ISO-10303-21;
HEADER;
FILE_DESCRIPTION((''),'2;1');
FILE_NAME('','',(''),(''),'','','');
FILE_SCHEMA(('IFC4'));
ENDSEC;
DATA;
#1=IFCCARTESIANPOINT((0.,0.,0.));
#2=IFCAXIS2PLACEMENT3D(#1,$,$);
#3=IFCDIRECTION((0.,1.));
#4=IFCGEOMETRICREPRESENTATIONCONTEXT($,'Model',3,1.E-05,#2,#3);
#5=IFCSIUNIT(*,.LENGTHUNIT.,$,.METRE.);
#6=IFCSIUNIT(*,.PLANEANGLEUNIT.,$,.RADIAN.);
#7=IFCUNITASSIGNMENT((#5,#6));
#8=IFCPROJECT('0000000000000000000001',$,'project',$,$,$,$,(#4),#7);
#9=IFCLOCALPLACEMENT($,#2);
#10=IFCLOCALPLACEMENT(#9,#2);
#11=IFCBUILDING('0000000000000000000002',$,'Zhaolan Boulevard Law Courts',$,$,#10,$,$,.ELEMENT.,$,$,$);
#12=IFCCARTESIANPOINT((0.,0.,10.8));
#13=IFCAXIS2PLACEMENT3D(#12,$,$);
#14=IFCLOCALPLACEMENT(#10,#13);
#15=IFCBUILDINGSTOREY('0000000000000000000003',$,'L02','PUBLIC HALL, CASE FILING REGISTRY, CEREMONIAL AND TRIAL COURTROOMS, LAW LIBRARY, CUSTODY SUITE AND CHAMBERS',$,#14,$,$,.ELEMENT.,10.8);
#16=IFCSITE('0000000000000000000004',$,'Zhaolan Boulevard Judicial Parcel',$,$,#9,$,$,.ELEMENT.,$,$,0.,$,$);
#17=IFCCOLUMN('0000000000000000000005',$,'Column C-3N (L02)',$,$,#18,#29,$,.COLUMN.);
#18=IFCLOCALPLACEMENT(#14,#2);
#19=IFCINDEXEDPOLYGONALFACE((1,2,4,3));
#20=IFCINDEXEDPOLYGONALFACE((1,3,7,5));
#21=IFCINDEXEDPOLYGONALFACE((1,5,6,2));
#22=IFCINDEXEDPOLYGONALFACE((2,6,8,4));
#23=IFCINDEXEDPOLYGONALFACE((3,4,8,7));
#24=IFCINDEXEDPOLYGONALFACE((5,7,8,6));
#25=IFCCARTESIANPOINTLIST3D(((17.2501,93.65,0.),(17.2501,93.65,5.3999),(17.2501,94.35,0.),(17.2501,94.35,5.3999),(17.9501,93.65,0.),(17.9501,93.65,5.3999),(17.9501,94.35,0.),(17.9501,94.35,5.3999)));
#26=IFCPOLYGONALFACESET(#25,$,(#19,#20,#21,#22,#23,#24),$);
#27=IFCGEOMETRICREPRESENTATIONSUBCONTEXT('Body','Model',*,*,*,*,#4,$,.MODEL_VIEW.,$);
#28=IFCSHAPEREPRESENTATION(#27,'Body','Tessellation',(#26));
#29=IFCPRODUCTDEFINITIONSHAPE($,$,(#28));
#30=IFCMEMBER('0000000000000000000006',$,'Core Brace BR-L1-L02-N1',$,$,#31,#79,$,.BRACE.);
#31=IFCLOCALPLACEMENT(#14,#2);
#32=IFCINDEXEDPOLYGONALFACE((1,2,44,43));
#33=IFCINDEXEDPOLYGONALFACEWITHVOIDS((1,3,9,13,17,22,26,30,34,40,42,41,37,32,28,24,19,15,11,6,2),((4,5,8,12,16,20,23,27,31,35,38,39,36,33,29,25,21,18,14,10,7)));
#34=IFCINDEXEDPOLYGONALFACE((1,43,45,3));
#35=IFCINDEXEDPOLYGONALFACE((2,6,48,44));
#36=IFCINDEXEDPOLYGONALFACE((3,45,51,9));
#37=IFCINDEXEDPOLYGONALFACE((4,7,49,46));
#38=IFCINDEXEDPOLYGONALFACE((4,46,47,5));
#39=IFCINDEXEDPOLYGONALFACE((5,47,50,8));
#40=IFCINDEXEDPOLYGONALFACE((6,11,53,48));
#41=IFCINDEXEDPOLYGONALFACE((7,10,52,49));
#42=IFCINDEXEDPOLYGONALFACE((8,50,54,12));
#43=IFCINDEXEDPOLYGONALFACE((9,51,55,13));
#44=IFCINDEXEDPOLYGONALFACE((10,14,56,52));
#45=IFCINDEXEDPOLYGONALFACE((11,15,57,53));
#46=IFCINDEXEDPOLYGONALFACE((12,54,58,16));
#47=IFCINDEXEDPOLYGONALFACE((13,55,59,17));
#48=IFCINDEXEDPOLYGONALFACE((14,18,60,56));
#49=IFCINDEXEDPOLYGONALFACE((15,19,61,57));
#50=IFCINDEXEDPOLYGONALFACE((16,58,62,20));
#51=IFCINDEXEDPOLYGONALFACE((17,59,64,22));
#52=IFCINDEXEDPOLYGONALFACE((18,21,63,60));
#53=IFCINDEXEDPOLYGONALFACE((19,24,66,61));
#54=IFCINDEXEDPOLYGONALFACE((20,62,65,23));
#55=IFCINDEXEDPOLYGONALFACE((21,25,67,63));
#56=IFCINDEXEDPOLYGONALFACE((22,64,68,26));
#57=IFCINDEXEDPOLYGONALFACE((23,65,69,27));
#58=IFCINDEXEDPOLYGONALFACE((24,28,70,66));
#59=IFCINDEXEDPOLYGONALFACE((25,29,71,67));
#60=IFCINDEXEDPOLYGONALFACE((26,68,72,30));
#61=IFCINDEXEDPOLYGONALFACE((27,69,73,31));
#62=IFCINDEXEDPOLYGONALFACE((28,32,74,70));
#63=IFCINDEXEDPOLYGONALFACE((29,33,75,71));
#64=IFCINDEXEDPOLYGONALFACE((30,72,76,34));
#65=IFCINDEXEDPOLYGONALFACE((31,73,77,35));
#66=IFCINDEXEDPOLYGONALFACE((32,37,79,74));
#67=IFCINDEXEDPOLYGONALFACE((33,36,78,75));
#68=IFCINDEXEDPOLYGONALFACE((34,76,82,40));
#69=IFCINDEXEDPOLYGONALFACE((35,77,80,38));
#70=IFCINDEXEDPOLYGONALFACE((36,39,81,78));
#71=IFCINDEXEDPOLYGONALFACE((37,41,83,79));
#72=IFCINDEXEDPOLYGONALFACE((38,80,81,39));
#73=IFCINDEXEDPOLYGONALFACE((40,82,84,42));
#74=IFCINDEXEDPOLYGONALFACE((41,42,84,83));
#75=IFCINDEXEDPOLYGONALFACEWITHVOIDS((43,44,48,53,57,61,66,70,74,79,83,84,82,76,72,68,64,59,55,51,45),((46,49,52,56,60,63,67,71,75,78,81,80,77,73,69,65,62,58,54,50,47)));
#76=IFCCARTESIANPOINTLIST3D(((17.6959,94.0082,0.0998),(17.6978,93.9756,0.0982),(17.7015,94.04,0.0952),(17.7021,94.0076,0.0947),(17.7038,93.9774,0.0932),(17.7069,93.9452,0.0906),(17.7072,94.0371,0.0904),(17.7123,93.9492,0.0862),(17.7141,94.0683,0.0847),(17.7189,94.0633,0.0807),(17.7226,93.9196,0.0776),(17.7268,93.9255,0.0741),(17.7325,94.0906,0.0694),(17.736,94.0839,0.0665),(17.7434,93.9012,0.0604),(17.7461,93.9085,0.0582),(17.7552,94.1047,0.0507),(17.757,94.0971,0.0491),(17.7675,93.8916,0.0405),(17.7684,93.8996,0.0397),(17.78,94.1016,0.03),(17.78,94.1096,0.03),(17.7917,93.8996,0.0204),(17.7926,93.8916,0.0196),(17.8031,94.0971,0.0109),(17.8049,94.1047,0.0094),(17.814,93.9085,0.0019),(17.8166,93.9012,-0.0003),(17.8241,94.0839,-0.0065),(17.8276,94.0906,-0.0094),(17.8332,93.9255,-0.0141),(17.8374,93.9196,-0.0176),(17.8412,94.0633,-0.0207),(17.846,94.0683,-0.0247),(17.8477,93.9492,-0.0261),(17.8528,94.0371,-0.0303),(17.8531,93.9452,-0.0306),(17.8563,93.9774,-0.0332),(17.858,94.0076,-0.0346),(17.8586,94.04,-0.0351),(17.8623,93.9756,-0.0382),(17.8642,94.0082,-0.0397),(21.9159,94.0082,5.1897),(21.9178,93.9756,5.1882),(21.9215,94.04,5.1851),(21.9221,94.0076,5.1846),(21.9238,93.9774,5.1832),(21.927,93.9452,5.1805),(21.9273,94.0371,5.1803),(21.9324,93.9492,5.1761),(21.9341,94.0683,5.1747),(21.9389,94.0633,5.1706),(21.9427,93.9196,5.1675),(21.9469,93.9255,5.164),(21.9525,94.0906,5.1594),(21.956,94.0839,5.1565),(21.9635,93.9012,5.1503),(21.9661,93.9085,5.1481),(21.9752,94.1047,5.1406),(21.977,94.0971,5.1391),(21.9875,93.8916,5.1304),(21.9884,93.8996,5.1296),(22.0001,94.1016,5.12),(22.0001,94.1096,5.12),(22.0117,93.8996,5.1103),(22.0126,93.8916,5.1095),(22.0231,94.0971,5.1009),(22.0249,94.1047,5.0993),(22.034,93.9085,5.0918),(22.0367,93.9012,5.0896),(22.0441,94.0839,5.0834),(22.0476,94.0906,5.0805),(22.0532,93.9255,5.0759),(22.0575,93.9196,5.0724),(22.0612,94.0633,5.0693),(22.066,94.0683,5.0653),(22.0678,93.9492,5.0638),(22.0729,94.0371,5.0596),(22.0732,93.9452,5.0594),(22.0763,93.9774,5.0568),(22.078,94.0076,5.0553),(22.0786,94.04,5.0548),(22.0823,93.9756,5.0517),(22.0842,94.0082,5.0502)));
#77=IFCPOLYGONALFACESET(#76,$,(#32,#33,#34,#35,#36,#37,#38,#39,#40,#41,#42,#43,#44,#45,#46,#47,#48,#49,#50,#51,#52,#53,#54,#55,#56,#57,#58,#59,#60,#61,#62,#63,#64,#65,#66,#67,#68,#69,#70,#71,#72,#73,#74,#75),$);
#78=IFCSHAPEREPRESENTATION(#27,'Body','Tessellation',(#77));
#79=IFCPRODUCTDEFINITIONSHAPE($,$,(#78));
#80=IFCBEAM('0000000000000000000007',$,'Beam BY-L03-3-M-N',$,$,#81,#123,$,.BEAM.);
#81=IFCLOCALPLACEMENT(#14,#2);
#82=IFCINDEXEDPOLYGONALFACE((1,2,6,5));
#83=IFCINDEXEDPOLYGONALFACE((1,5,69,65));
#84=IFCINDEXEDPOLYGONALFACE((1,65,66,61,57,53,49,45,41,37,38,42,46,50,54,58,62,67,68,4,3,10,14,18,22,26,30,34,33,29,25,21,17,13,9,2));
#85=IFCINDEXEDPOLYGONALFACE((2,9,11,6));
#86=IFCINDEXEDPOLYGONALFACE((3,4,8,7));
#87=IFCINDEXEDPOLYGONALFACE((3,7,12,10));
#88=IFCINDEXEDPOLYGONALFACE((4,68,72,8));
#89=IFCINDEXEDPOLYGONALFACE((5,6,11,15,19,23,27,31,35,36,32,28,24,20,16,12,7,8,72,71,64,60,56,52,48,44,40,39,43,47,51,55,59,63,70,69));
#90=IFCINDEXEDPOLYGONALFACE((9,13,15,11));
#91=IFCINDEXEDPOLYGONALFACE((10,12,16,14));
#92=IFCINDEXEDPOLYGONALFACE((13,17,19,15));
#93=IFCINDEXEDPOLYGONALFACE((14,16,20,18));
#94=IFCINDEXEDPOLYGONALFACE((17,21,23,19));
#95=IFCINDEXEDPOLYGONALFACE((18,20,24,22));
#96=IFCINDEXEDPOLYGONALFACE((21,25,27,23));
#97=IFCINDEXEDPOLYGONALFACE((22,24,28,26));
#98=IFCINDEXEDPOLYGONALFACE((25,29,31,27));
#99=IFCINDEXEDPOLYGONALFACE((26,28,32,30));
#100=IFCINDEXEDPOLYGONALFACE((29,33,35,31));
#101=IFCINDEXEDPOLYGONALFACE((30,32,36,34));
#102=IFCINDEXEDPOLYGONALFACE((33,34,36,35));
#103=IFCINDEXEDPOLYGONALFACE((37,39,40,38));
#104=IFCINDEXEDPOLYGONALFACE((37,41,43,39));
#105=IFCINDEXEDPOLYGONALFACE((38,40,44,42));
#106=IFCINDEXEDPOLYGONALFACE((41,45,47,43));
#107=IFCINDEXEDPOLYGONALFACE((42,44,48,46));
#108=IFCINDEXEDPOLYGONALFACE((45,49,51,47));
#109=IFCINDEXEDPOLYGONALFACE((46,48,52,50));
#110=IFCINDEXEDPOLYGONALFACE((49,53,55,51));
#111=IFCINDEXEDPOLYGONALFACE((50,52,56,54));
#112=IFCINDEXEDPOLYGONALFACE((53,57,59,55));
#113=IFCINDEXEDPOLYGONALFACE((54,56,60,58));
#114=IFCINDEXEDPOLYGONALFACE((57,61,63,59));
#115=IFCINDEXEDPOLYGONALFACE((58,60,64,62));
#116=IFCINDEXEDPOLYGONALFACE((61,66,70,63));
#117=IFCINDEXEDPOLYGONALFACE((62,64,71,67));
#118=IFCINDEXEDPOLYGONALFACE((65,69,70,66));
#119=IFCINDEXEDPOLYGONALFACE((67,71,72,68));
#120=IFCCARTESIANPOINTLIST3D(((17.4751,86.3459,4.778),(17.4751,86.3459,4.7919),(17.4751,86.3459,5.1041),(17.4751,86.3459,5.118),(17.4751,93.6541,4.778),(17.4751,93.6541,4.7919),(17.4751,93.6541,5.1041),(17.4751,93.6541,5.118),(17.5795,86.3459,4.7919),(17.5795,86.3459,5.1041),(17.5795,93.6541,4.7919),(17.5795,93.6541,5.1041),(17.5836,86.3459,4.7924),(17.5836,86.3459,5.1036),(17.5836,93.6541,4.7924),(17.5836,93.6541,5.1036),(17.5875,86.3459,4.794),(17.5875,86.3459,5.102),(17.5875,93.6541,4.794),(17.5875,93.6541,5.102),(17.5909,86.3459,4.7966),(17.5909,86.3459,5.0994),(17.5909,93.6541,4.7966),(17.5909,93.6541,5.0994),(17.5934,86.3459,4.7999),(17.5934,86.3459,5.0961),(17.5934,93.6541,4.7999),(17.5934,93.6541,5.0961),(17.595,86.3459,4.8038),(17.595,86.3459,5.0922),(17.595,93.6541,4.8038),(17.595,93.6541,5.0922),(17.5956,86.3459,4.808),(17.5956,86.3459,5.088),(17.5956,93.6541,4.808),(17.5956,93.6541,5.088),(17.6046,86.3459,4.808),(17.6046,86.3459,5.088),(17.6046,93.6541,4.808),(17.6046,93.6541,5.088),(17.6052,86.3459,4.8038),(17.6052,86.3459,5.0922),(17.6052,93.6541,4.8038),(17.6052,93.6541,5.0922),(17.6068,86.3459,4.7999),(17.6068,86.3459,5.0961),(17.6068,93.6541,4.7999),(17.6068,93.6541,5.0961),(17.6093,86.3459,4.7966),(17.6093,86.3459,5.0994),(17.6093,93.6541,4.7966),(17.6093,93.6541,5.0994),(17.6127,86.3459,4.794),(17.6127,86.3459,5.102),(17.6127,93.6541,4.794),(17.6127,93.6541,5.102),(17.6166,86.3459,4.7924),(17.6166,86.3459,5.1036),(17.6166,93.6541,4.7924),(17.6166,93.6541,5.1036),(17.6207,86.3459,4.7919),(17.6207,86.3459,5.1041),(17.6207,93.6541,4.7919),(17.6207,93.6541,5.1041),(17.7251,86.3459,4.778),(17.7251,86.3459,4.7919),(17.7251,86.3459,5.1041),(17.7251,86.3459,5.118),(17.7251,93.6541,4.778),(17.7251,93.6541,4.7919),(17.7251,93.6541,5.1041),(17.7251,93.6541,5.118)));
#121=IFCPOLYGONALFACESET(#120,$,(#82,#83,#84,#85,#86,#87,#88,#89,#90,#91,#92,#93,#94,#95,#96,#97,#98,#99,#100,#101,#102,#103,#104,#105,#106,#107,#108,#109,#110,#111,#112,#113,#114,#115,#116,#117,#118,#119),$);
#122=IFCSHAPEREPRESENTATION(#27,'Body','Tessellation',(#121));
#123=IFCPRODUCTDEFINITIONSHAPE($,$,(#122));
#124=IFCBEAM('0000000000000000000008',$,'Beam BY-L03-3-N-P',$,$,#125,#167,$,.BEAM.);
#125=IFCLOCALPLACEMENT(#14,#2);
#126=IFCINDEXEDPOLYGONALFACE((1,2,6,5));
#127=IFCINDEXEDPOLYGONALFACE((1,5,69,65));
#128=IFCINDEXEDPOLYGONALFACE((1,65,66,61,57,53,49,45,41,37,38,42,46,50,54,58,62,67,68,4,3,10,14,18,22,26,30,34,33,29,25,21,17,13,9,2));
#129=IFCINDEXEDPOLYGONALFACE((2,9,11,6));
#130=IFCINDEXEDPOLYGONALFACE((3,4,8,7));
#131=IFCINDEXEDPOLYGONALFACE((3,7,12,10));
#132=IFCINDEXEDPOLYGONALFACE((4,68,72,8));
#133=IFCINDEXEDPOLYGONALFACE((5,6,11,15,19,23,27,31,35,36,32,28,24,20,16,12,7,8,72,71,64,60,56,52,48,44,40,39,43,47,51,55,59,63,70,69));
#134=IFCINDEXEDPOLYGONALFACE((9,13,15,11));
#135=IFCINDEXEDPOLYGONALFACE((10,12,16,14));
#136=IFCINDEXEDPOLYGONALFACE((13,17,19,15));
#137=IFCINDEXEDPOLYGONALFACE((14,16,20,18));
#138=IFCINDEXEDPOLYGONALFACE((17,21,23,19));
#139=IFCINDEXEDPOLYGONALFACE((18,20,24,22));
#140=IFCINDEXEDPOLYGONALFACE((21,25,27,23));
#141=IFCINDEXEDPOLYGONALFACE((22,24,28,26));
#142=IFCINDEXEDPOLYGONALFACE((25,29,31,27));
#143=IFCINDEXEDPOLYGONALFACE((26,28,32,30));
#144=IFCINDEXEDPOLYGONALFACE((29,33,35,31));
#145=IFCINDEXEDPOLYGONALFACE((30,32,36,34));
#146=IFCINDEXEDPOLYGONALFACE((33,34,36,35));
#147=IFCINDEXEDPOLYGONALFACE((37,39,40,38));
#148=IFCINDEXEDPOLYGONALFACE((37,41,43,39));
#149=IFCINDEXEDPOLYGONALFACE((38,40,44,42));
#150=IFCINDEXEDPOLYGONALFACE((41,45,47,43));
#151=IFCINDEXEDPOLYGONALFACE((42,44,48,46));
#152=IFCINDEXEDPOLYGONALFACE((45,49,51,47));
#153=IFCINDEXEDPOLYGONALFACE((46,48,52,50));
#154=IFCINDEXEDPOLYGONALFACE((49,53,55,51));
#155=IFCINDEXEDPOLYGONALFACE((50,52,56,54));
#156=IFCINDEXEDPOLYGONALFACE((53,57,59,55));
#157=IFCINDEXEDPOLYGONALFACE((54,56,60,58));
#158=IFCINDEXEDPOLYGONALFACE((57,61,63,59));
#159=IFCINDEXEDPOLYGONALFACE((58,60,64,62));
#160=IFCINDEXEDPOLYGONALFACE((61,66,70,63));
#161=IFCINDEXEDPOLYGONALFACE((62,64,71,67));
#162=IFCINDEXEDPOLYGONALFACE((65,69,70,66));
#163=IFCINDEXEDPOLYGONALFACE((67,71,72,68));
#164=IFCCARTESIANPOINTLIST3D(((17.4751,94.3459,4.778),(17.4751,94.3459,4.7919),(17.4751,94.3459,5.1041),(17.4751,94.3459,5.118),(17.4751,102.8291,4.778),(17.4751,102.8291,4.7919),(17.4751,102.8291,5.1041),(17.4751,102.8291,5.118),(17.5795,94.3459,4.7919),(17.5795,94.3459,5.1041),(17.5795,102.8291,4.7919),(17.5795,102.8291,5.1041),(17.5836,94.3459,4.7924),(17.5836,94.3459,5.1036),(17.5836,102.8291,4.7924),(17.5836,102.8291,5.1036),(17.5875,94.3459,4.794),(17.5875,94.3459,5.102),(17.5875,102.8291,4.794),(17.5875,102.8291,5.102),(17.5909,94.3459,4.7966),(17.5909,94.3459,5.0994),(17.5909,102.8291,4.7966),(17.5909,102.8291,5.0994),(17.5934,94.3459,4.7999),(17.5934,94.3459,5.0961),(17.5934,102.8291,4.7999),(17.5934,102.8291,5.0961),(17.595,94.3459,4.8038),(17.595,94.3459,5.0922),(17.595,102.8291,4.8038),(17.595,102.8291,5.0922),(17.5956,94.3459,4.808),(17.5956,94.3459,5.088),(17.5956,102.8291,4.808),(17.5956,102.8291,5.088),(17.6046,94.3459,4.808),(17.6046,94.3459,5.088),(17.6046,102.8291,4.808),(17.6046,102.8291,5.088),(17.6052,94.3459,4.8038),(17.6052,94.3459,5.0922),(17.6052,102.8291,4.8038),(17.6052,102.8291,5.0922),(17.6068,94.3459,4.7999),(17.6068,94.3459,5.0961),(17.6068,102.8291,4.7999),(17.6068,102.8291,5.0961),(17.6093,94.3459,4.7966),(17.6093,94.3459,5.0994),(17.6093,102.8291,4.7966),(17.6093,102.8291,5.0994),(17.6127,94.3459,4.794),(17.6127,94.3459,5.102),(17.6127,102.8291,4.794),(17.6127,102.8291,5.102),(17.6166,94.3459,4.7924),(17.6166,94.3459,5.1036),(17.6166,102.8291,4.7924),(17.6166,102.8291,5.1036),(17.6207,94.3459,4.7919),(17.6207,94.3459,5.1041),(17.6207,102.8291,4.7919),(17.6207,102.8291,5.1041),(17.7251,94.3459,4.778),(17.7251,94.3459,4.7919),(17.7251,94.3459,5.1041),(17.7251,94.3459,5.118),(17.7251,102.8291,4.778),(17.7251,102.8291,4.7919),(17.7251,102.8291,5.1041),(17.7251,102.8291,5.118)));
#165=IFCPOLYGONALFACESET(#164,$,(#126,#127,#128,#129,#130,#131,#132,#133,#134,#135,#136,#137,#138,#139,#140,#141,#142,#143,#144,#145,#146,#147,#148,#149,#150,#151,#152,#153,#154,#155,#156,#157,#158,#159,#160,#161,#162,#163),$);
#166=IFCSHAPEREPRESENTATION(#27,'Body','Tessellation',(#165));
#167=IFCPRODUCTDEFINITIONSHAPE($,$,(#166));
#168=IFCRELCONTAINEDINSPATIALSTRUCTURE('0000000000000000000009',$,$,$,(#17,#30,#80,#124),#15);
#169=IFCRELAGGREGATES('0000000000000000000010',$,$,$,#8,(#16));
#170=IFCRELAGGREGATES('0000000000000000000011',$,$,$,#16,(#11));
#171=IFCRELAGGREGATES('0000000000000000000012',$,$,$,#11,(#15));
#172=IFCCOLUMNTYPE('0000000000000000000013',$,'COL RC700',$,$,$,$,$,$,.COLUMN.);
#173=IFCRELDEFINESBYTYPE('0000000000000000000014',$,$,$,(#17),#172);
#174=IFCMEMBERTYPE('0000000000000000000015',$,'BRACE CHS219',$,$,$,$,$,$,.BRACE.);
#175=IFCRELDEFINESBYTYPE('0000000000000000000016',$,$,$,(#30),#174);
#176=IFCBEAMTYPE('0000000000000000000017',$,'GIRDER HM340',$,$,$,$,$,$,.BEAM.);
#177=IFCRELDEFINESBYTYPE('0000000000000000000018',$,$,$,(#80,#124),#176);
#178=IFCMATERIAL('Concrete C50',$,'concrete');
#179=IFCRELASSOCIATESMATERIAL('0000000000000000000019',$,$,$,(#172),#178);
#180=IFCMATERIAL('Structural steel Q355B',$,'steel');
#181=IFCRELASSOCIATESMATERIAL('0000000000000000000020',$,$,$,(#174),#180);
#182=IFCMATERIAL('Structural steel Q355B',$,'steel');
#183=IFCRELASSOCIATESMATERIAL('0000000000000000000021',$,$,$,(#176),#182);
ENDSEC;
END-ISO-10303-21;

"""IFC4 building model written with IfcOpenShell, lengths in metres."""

from ifc_helpers import new_model, si_unit, direction, frame, origin, origin_2d, place, context, subcontext, project, spatial, rectangle, hollow_circle, i_section, extrude, material, material_profile, profile_set, type_object, element, save


model = new_model("IFC4")

# Units and contexts
model_context = context("Model", 3, precision=1e-05, world=origin(), true_north=direction((0.0, 1.0)))
body_context = subcontext(model_context, "Body", "Model", "MODEL_VIEW")
ifc_project = project(units=[si_unit("LENGTHUNIT", "METRE"), si_unit("PLANEANGLEUNIT", "RADIAN")], contexts=[model_context])

# Site, building, storey
site_placement = place(None, origin())
site = spatial("IfcSite", under=ifc_project, at=site_placement, Name="Zhaolan Boulevard Judicial Parcel", CompositionType="ELEMENT", RefElevation=0.0)
building_placement = place(site_placement, origin())
building = spatial("IfcBuilding", under=site, at=building_placement, Name="Zhaolan Boulevard Law Courts", CompositionType="ELEMENT")
storey_placement = place(building_placement, frame((0.0, 0.0, 10.8)))
storey = spatial("IfcBuildingStorey", under=building, at=storey_placement, Name="L02", Description="PUBLIC HALL, CASE FILING REGISTRY, CEREMONIAL AND TRIAL COURTROOMS, LAW LIBRARY, CUSTODY SUITE AND CHAMBERS", CompositionType="ELEMENT", Elevation=10.8)

# Column
ifc_material_1 = material(Name="Concrete C50", Category="concrete")
ifc_material_profile_1 = material_profile(ifc_material_1, rectangle(XDim=0.7, YDim=0.7, at=origin_2d()), Name="RC700x700")
ifc_profile_set_1 = profile_set([ifc_material_profile_1], Name="Concrete C50")
column_type = type_object("IfcColumnType", Name="COL RC700", PredefinedType="COLUMN", material=ifc_profile_set_1)
column_placement = place(storey_placement, frame((17.6001, 94.0, 0.0), z_axis=(0.0, 0.0, 1.0), x_axis=(1.0, 0.0, 0.0)))
element("IfcColumn", 1, at=column_placement, inside=storey, type_object=column_type, Name="Column C-3N (L02)", PredefinedType="COLUMN", context=body_context, shape_type="SweptSolid", body=[
    extrude(rectangle(XDim=0.7, YDim=0.7, at=origin_2d()), origin(), (0.0, 0.0, 1.0), 5.3999),
])

# Member
ifc_material_2 = material(Name="Structural steel Q355B", Category="steel")
ifc_material_profile_2 = material_profile(ifc_material_2, hollow_circle(Radius=0.1096, WallThickness=0.0081, at=origin_2d()), Name="CHS219x8")
ifc_profile_set_2 = profile_set([ifc_material_profile_2], Name="Structural steel Q355B")
member_type_1 = type_object("IfcMemberType", Name="BRACE CHS219", PredefinedType="BRACE", material=ifc_profile_set_2)
member_1_placement = place(storey_placement, frame((17.78, 94.0, 0.03), z_axis=(0.638257, 0.0, 0.769823), x_axis=(0.0, 1.0, 0.0)))
element("IfcMember", 2, at=member_1_placement, inside=storey, type_object=member_type_1, Name="Core Brace BR-L1-L02-N1", PredefinedType="BRACE", context=body_context, shape_type="SweptSolid", body=[
    extrude(hollow_circle(Radius=0.1096, WallThickness=0.0081, at=origin_2d()), origin(), (0.0, 0.0, 1.0), 6.6118),
])

# Beams
ifc_material_3 = material(Name="Structural steel Q355B", Category="steel")
ifc_material_profile_3 = material_profile(ifc_material_3, i_section(OverallWidth=0.25, OverallDepth=0.3401, WebThickness=0.009, FlangeThickness=0.0139, FilletRadius=0.0161, at=origin_2d()), Name="HM340x250")
ifc_profile_set_3 = profile_set([ifc_material_profile_3], Name="Structural steel Q355B")
beam_type_1 = type_object("IfcBeamType", Name="GIRDER HM340", PredefinedType="BEAM", material=ifc_profile_set_3)
beam_1_placement = place(storey_placement, frame((17.6001, 86.3459, 4.948), z_axis=(0.0, 1.0, 0.0), x_axis=(-1.0, 0.0, 0.0)))
element("IfcBeam", 3, at=beam_1_placement, inside=storey, type_object=beam_type_1, Name="Beam BY-L03-3-M-N", PredefinedType="BEAM", context=body_context, shape_type="SweptSolid", body=[
    extrude(i_section(OverallWidth=0.25, OverallDepth=0.3401, WebThickness=0.009, FlangeThickness=0.0139, FilletRadius=0.0161, at=origin_2d()), origin(), (0.0, 0.0, 1.0), 7.3081),
])
beam_2_placement = place(storey_placement, frame((17.6001, 94.3459, 4.948), z_axis=(0.0, 1.0, 0.0), x_axis=(-1.0, 0.0, 0.0)))
element("IfcBeam", 4, at=beam_2_placement, inside=storey, type_object=beam_type_1, Name="Beam BY-L03-3-N-P", PredefinedType="BEAM", context=body_context, shape_type="SweptSolid", body=[
    extrude(i_section(OverallWidth=0.25, OverallDepth=0.3401, WebThickness=0.009, FlangeThickness=0.0139, FilletRadius=0.0161, at=origin_2d()), origin(), (0.0, 0.0, 1.0), 8.4832),
])

save(model, "model.ifc")
